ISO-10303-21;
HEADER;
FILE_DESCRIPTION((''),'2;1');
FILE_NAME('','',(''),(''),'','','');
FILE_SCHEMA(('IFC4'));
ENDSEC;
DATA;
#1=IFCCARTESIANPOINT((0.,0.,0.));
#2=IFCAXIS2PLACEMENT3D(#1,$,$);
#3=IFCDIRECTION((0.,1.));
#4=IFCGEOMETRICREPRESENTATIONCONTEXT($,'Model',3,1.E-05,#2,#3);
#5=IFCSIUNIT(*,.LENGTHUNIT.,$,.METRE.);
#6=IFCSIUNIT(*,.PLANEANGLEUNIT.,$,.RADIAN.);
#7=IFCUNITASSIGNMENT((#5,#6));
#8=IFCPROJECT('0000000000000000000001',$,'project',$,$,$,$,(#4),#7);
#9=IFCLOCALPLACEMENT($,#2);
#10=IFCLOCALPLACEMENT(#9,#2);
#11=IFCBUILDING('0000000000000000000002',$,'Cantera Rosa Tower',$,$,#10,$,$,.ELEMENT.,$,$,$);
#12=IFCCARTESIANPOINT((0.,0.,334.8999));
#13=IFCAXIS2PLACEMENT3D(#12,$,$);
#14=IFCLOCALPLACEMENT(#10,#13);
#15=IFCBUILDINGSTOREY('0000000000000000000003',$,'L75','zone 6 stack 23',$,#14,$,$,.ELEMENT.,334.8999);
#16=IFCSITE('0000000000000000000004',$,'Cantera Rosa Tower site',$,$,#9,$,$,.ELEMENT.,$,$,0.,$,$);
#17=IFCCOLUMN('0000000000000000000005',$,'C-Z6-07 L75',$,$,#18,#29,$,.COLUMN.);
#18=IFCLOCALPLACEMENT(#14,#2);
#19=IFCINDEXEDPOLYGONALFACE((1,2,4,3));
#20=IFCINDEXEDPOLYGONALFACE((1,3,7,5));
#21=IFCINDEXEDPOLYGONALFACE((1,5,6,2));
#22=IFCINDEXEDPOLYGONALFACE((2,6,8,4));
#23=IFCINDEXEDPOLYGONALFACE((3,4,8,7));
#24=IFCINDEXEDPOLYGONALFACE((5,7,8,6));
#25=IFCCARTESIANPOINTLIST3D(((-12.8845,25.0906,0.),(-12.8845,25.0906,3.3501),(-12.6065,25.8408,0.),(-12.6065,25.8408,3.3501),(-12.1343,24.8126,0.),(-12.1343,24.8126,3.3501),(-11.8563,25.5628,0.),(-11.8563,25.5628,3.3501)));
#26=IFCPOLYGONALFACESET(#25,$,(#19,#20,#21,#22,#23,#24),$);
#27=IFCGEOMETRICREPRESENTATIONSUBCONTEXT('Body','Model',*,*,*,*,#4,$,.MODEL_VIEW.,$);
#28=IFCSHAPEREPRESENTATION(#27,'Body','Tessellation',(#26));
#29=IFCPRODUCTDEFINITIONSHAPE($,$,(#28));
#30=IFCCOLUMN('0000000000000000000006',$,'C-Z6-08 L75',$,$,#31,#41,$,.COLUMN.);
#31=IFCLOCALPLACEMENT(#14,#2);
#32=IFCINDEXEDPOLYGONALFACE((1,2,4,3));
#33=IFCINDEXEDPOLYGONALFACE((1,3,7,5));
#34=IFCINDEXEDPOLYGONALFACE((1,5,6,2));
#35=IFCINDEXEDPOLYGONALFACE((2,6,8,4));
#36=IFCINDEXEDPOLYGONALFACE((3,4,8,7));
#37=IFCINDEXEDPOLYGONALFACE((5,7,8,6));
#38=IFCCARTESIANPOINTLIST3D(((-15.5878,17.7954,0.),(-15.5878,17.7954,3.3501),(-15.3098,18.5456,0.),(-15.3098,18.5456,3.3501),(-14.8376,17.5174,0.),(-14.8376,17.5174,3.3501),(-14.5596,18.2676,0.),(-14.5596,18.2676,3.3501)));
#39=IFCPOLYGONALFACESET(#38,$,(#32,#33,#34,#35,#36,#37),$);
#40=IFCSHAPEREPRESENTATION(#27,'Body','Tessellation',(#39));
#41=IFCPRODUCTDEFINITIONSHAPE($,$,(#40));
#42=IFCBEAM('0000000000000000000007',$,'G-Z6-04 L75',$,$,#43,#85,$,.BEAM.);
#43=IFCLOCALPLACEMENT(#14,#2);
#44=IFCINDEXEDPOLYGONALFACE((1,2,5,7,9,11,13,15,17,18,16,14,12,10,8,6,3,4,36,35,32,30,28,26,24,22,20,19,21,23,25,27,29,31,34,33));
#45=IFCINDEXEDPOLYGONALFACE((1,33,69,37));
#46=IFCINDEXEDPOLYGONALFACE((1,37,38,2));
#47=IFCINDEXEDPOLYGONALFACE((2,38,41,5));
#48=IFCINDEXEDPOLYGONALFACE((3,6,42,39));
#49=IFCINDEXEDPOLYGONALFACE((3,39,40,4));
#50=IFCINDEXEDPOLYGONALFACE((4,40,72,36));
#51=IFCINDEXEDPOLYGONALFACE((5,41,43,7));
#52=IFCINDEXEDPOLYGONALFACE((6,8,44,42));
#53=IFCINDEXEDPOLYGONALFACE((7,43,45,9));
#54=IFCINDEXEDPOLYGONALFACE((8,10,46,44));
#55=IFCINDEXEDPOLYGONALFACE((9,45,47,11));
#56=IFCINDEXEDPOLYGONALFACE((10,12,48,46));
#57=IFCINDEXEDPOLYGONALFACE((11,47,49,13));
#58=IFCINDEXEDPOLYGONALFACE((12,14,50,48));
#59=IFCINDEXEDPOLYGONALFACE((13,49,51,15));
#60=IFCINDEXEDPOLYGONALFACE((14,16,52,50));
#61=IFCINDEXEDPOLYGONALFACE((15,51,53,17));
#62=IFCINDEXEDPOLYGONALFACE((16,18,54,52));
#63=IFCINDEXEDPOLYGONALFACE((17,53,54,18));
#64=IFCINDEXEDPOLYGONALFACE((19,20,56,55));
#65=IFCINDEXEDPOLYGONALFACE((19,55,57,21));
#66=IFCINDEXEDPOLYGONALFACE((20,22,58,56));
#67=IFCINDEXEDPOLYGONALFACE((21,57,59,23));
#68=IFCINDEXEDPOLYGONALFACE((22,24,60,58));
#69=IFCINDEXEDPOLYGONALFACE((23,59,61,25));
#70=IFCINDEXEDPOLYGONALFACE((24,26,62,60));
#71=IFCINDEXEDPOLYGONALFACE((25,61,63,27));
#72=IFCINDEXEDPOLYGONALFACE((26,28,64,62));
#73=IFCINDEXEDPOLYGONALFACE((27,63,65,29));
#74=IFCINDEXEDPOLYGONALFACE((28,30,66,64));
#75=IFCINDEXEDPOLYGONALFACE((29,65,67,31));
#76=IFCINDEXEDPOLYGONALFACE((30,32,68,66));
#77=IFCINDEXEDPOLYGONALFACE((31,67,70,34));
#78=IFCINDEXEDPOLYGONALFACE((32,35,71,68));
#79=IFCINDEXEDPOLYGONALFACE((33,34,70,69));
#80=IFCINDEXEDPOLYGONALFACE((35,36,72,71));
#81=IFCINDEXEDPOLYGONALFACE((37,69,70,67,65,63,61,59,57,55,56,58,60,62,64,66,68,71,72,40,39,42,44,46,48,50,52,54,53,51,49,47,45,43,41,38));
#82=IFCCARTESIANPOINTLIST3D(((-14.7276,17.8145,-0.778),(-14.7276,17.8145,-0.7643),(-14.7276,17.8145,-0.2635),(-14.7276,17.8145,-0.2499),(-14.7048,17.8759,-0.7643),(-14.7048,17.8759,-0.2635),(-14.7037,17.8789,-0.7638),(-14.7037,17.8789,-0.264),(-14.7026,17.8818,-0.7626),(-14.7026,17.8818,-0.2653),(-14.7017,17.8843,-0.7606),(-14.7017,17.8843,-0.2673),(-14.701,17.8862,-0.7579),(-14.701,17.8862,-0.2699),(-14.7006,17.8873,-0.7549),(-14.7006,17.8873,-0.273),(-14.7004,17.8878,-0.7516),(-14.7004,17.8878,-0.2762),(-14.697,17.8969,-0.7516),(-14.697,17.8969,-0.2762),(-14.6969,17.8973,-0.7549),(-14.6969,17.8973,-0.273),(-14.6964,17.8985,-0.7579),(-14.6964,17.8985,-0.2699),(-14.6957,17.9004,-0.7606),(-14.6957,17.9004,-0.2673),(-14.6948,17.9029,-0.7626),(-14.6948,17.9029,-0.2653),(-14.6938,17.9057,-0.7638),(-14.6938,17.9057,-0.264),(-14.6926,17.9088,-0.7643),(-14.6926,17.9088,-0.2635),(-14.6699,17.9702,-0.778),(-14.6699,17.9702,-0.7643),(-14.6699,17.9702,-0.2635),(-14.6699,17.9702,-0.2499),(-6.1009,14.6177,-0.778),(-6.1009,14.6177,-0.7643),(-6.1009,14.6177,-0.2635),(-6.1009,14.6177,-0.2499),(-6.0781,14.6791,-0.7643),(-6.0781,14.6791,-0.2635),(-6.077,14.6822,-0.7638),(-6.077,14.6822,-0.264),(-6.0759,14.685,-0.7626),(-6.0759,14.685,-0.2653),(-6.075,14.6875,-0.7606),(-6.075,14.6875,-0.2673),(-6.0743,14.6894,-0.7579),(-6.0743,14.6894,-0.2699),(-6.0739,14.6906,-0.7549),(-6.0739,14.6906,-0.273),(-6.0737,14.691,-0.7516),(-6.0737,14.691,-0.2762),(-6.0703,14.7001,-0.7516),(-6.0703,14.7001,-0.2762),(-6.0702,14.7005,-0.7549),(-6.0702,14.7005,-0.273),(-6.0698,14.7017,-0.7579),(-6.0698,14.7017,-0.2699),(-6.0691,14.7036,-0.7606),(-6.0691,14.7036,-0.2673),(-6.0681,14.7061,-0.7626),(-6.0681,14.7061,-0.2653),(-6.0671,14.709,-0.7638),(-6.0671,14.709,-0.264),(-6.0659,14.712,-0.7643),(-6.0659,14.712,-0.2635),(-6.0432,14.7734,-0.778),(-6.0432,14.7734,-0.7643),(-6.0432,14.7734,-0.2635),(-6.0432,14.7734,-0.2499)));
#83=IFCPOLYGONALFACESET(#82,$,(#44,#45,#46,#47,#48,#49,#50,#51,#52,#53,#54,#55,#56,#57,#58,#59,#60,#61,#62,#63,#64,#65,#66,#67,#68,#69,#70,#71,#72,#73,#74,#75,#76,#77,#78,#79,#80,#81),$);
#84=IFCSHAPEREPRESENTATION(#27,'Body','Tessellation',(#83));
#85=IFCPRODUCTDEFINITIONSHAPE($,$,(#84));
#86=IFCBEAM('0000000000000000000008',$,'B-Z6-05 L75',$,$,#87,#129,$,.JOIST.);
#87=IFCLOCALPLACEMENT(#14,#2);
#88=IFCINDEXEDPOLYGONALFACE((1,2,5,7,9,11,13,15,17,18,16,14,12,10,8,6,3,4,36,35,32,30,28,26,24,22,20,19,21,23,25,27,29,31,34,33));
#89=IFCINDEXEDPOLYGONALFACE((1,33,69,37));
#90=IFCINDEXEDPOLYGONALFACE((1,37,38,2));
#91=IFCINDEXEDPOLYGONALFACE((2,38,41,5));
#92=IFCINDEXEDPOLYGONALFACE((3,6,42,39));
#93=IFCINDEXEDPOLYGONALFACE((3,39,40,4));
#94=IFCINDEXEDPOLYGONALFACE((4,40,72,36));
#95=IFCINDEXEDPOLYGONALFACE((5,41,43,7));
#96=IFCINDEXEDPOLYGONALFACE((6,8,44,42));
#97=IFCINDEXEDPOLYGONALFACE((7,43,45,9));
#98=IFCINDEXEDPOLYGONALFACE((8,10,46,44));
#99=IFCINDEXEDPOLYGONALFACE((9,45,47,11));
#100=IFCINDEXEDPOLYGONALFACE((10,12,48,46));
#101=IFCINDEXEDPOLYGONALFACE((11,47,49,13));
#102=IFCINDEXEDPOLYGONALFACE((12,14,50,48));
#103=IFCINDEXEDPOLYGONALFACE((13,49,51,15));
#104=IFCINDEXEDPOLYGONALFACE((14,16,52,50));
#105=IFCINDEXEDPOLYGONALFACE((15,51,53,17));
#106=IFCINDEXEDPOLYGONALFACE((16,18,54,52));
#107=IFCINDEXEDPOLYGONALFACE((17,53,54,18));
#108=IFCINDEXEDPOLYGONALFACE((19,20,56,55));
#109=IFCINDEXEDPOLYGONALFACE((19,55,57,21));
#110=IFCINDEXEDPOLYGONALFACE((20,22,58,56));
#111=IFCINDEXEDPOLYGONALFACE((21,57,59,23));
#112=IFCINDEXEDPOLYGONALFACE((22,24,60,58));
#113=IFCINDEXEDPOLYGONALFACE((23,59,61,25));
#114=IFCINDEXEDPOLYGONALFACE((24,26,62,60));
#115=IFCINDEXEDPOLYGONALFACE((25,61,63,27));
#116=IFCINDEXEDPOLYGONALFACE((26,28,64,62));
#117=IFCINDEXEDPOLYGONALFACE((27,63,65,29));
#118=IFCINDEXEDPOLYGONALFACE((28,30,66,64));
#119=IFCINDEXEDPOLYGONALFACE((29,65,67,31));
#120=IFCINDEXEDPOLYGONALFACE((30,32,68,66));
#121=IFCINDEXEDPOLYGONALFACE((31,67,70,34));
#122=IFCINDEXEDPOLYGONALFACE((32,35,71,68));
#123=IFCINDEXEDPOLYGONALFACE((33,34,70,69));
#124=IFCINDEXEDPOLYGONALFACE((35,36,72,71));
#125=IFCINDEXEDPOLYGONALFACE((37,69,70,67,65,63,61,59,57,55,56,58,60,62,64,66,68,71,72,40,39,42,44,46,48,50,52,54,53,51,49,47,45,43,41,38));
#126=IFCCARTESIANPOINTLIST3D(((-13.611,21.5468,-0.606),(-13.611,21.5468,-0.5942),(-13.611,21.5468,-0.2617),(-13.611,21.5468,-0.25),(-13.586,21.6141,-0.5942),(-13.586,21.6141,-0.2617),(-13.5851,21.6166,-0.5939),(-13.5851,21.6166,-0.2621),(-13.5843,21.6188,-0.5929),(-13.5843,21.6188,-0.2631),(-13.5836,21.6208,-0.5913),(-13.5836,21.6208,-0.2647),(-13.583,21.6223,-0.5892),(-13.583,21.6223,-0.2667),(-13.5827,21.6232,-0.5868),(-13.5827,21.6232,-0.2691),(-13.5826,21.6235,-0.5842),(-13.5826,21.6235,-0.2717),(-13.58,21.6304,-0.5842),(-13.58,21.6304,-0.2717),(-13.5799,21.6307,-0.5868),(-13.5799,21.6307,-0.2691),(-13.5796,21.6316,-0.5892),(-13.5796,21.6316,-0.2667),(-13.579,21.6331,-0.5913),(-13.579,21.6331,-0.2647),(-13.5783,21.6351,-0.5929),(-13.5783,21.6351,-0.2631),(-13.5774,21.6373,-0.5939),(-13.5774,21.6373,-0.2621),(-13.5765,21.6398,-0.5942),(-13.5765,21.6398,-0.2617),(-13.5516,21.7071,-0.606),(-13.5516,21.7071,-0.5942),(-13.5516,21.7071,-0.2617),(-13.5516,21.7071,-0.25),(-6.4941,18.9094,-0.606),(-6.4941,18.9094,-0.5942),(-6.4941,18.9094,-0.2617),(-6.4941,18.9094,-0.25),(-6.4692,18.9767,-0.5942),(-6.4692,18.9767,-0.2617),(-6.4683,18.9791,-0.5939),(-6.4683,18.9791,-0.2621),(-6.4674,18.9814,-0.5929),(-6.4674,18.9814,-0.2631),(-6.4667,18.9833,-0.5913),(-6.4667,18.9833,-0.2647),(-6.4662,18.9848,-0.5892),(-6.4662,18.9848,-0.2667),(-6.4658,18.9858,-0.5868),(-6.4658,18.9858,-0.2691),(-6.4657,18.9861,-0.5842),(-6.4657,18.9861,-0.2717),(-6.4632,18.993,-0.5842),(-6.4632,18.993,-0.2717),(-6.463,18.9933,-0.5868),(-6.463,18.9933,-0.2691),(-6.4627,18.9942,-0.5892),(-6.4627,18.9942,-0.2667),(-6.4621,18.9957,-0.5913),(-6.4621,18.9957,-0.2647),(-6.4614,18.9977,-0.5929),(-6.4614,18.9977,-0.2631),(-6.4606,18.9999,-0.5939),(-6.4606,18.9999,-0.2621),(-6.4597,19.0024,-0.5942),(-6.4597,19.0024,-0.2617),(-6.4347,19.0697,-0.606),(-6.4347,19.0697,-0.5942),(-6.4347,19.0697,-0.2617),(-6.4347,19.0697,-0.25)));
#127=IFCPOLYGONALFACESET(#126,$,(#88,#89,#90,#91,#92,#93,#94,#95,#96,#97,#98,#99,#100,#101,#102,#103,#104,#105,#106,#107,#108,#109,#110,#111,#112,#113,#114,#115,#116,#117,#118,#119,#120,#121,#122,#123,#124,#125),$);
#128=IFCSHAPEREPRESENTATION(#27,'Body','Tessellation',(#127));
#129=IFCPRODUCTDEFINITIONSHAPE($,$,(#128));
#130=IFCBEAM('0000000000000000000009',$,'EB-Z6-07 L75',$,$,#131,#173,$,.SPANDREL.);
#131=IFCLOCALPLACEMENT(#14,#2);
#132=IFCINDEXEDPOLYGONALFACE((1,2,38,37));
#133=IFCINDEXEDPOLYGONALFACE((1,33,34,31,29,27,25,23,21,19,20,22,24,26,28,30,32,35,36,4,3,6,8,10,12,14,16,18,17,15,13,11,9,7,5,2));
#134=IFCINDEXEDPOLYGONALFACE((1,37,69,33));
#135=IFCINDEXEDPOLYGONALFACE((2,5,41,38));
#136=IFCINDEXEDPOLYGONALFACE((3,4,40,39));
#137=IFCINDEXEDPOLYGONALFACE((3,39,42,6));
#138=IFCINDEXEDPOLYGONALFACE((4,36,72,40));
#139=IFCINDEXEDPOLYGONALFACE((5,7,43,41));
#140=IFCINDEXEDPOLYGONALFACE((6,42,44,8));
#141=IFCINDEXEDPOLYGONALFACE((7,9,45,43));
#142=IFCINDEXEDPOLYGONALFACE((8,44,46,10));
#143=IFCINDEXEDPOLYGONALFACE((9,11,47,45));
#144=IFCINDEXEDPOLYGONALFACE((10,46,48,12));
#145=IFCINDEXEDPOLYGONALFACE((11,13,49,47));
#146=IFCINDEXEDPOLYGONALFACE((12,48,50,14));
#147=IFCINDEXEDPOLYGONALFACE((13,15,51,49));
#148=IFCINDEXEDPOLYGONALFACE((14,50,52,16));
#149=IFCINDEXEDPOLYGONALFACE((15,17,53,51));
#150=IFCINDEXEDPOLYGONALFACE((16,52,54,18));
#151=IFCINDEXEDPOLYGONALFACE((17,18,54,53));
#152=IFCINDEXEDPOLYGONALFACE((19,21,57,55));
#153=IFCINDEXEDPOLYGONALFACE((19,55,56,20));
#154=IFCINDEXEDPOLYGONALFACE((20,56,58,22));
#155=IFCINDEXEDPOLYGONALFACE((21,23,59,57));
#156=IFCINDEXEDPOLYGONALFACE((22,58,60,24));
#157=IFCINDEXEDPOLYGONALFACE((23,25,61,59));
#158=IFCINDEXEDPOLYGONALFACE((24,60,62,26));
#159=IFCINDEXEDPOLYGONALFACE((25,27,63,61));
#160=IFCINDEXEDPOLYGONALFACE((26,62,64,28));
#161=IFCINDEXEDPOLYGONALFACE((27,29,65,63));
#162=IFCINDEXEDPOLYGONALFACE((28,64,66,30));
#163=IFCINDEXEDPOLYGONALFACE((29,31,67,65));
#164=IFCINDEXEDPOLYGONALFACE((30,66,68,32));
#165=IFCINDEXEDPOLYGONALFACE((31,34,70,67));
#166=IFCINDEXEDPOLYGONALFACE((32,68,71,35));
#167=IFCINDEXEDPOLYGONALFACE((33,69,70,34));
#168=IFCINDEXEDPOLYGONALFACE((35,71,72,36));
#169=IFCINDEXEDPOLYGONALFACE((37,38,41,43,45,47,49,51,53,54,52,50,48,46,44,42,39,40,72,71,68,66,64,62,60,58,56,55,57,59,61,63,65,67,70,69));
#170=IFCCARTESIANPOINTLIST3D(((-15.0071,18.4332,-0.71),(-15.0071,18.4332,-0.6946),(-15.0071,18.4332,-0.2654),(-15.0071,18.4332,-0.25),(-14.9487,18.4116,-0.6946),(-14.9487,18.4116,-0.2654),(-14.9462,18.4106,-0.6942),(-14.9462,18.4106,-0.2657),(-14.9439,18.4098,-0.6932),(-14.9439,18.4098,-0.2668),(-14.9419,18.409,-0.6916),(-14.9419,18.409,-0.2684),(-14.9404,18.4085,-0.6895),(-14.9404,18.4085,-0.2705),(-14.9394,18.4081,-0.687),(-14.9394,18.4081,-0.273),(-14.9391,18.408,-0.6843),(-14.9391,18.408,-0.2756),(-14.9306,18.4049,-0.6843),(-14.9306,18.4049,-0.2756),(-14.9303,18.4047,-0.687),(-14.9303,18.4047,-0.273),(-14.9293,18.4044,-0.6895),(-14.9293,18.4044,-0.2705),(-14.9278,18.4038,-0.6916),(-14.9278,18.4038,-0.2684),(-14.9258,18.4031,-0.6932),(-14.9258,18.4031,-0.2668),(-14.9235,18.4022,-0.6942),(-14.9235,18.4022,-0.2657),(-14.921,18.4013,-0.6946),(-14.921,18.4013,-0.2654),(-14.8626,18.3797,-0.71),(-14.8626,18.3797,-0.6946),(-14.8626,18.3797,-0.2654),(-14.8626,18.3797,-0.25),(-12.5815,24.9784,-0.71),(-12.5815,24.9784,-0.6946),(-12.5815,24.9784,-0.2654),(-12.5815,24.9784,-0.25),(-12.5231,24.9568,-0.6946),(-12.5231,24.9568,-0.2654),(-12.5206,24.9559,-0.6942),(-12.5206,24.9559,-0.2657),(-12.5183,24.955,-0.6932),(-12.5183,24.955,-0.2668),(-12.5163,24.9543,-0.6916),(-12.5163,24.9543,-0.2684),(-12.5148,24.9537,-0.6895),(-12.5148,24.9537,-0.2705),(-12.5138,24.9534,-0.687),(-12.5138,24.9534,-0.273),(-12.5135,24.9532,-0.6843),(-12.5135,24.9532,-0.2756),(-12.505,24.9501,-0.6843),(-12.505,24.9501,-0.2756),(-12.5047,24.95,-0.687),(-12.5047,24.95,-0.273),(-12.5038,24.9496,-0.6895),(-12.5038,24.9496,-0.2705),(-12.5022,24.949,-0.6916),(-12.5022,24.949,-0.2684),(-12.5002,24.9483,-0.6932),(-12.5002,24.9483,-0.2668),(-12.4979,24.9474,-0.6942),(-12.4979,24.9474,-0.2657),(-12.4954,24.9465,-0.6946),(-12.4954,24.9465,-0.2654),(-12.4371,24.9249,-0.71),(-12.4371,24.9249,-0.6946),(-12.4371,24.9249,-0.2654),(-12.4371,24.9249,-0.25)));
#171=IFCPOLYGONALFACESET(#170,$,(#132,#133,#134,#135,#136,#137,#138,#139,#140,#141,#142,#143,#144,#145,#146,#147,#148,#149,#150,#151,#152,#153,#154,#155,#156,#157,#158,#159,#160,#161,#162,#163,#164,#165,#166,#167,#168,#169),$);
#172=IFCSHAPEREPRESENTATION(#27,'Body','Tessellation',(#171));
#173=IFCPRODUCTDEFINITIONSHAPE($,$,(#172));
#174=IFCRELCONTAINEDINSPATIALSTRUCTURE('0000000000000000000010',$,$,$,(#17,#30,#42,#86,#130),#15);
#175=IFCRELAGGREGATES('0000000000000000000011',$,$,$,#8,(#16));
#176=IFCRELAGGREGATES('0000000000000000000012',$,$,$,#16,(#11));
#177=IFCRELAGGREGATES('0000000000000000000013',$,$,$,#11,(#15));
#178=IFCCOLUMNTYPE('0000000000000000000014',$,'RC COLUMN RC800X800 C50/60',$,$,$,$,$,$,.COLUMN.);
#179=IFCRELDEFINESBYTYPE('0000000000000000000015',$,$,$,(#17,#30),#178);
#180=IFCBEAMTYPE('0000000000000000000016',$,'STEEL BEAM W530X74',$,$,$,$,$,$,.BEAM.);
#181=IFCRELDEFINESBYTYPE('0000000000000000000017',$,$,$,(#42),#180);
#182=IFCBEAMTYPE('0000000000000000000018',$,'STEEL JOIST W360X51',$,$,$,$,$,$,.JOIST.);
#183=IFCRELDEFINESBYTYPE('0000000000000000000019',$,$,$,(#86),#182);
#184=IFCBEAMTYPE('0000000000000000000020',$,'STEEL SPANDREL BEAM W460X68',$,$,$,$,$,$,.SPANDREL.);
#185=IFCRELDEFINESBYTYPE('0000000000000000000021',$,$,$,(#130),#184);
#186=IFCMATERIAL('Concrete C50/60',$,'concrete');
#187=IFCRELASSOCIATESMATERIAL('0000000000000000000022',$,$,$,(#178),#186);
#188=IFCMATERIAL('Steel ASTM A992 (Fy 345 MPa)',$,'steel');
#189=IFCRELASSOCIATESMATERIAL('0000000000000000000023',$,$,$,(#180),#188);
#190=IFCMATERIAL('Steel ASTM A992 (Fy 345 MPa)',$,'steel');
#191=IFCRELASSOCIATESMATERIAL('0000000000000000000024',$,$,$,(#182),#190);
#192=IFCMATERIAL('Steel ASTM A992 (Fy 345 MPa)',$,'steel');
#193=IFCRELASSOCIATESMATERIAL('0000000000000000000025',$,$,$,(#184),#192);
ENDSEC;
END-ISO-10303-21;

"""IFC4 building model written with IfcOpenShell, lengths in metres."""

from ifc_helpers import new_model, si_unit, direction, frame, origin, origin_2d, place, context, subcontext, project, spatial, rectangle, i_section, extrude, material, material_profile, profile_set, type_object, element, save


model = new_model("IFC4")

# Units and contexts
model_context = context("Model", 3, precision=1e-05, world=origin(), true_north=direction((0.0, 1.0)))
body_context = subcontext(model_context, "Body", "Model", "MODEL_VIEW")
ifc_project = project(units=[si_unit("LENGTHUNIT", "METRE"), si_unit("PLANEANGLEUNIT", "RADIAN")], contexts=[model_context])

# Site, building, storey
site_placement = place(None, origin())
site = spatial("IfcSite", under=ifc_project, at=site_placement, Name="Cantera Rosa Tower site", CompositionType="ELEMENT", RefElevation=0.0)
building_placement = place(site_placement, origin())
building = spatial("IfcBuilding", under=site, at=building_placement, Name="Cantera Rosa Tower", CompositionType="ELEMENT")
storey_placement = place(building_placement, frame((0.0, 0.0, 334.8999)))
storey = spatial("IfcBuildingStorey", under=building, at=storey_placement, Name="L75", Description="zone 6 stack 23", CompositionType="ELEMENT", Elevation=334.8999)

# Columns
ifc_material_1 = material(Name="Concrete C50/60", Category="concrete")
ifc_material_profile_1 = material_profile(ifc_material_1, rectangle(XDim=0.8, YDim=0.8, at=origin_2d()), Name="RC COLUMN RC800X800 C50/60")
ifc_profile_set_1 = profile_set([ifc_material_profile_1], Name="Concrete C50/60")
column_type = type_object("IfcColumnType", Name="RC COLUMN RC800X800 C50/60", PredefinedType="COLUMN", material=ifc_profile_set_1)
for number, where, z_axis, x_axis, name in (
    (1, (-12.3704, 25.3267, 0.0), (0.0, 0.0, 1.0), (0.347481, 0.937687, 0.0), "C-Z6-07 L75"),
    (2, (-15.0737, 18.0315, 0.0), (0.0, 0.0, 1.0), (0.347481, 0.937687, 0.0), "C-Z6-08 L75"),
):
    element("IfcColumn", number, at=place(storey_placement, frame(where, z_axis=z_axis, x_axis=x_axis)), inside=storey, type_object=column_type, Name=name, PredefinedType="COLUMN", context=body_context, shape_type="SweptSolid", body=[
        extrude(rectangle(XDim=0.8, YDim=0.8, at=origin_2d()), origin(), (0.0, 0.0, 1.0), 3.3501),
    ])

# Beams
ifc_material_2 = material(Name="Steel ASTM A992 (Fy 345 MPa)", Category="steel")
ifc_material_profile_2 = material_profile(ifc_material_2, i_section(OverallWidth=0.166, OverallDepth=0.5281, WebThickness=0.0098, FlangeThickness=0.0137, FilletRadius=0.0127, at=origin_2d()), Name="W530X74")
ifc_profile_set_2 = profile_set([ifc_material_profile_2], Name="Steel ASTM A992 (Fy 345 MPa)")
beam_type_1 = type_object("IfcBeamType", Name="STEEL BEAM W530X74", PredefinedType="BEAM", material=ifc_profile_set_2)
beam_1_placement = place(storey_placement, frame((-14.6987, 17.8923, -0.5139), z_axis=(0.937689, -0.347477, 0.0), x_axis=(0.347477, 0.937689, 0.0)))
element("IfcBeam", 3, at=beam_1_placement, inside=storey, type_object=beam_type_1, Name="G-Z6-04 L75", PredefinedType="BEAM", context=body_context, shape_type="SweptSolid", body=[
    extrude(i_section(OverallWidth=0.166, OverallDepth=0.5281, WebThickness=0.0098, FlangeThickness=0.0137, FilletRadius=0.0127, at=origin_2d()), origin(), (0.0, 0.0, 1.0), 9.2),
])
ifc_material_3 = material(Name="Steel ASTM A992 (Fy 345 MPa)", Category="steel")
ifc_material_profile_3 = material_profile(ifc_material_3, i_section(OverallWidth=0.1709, OverallDepth=0.356, WebThickness=0.0073, FlangeThickness=0.0117, FilletRadius=0.01, at=origin_2d()), Name="W360X51")
ifc_profile_set_3 = profile_set([ifc_material_profile_3], Name="Steel ASTM A992 (Fy 345 MPa)")
beam_type_2 = type_object("IfcBeamType", Name="STEEL JOIST W360X51", PredefinedType="JOIST", material=ifc_profile_set_3)
beam_2_placement = place(storey_placement, frame((-13.5813, 21.627, -0.428), z_axis=(0.937682, -0.347493, 0.0), x_axis=(0.347493, 0.937682, 0.0)))
element("IfcBeam", 4, at=beam_2_placement, inside=storey, type_object=beam_type_2, Name="B-Z6-05 L75", PredefinedType="JOIST", context=body_context, shape_type="SweptSolid", body=[
    extrude(i_section(OverallWidth=0.1709, OverallDepth=0.356, WebThickness=0.0073, FlangeThickness=0.0117, FilletRadius=0.01, at=origin_2d()), origin(), (0.0, 0.0, 1.0), 7.5898),
])
ifc_material_4 = material(Name="Steel ASTM A992 (Fy 345 MPa)", Category="steel")
ifc_material_profile_4 = material_profile(ifc_material_4, i_section(OverallWidth=0.1541, OverallDepth=0.46, WebThickness=0.009, FlangeThickness=0.0154, FilletRadius=0.0103, at=origin_2d()), Name="W460X68")
ifc_profile_set_4 = profile_set([ifc_material_profile_4], Name="Steel ASTM A992 (Fy 345 MPa)")
beam_type_3 = type_object("IfcBeamType", Name="STEEL SPANDREL BEAM W460X68", PredefinedType="SPANDREL", material=ifc_profile_set_4)
beam_3_placement = place(storey_placement, frame((-12.5093, 24.9517, -0.48), z_axis=(-0.347491, -0.937683, 0.0), x_axis=(0.937683, -0.347491, 0.0)))
element("IfcBeam", 5, at=beam_3_placement, inside=storey, type_object=beam_type_3, Name="EB-Z6-07 L75", PredefinedType="SPANDREL", context=body_context, shape_type="SweptSolid", body=[
    extrude(i_section(OverallWidth=0.1541, OverallDepth=0.46, WebThickness=0.009, FlangeThickness=0.0154, FilletRadius=0.0103, at=origin_2d()), origin(), (0.0, 0.0, 1.0), 6.9802),
])

save(model, "model.ifc")
